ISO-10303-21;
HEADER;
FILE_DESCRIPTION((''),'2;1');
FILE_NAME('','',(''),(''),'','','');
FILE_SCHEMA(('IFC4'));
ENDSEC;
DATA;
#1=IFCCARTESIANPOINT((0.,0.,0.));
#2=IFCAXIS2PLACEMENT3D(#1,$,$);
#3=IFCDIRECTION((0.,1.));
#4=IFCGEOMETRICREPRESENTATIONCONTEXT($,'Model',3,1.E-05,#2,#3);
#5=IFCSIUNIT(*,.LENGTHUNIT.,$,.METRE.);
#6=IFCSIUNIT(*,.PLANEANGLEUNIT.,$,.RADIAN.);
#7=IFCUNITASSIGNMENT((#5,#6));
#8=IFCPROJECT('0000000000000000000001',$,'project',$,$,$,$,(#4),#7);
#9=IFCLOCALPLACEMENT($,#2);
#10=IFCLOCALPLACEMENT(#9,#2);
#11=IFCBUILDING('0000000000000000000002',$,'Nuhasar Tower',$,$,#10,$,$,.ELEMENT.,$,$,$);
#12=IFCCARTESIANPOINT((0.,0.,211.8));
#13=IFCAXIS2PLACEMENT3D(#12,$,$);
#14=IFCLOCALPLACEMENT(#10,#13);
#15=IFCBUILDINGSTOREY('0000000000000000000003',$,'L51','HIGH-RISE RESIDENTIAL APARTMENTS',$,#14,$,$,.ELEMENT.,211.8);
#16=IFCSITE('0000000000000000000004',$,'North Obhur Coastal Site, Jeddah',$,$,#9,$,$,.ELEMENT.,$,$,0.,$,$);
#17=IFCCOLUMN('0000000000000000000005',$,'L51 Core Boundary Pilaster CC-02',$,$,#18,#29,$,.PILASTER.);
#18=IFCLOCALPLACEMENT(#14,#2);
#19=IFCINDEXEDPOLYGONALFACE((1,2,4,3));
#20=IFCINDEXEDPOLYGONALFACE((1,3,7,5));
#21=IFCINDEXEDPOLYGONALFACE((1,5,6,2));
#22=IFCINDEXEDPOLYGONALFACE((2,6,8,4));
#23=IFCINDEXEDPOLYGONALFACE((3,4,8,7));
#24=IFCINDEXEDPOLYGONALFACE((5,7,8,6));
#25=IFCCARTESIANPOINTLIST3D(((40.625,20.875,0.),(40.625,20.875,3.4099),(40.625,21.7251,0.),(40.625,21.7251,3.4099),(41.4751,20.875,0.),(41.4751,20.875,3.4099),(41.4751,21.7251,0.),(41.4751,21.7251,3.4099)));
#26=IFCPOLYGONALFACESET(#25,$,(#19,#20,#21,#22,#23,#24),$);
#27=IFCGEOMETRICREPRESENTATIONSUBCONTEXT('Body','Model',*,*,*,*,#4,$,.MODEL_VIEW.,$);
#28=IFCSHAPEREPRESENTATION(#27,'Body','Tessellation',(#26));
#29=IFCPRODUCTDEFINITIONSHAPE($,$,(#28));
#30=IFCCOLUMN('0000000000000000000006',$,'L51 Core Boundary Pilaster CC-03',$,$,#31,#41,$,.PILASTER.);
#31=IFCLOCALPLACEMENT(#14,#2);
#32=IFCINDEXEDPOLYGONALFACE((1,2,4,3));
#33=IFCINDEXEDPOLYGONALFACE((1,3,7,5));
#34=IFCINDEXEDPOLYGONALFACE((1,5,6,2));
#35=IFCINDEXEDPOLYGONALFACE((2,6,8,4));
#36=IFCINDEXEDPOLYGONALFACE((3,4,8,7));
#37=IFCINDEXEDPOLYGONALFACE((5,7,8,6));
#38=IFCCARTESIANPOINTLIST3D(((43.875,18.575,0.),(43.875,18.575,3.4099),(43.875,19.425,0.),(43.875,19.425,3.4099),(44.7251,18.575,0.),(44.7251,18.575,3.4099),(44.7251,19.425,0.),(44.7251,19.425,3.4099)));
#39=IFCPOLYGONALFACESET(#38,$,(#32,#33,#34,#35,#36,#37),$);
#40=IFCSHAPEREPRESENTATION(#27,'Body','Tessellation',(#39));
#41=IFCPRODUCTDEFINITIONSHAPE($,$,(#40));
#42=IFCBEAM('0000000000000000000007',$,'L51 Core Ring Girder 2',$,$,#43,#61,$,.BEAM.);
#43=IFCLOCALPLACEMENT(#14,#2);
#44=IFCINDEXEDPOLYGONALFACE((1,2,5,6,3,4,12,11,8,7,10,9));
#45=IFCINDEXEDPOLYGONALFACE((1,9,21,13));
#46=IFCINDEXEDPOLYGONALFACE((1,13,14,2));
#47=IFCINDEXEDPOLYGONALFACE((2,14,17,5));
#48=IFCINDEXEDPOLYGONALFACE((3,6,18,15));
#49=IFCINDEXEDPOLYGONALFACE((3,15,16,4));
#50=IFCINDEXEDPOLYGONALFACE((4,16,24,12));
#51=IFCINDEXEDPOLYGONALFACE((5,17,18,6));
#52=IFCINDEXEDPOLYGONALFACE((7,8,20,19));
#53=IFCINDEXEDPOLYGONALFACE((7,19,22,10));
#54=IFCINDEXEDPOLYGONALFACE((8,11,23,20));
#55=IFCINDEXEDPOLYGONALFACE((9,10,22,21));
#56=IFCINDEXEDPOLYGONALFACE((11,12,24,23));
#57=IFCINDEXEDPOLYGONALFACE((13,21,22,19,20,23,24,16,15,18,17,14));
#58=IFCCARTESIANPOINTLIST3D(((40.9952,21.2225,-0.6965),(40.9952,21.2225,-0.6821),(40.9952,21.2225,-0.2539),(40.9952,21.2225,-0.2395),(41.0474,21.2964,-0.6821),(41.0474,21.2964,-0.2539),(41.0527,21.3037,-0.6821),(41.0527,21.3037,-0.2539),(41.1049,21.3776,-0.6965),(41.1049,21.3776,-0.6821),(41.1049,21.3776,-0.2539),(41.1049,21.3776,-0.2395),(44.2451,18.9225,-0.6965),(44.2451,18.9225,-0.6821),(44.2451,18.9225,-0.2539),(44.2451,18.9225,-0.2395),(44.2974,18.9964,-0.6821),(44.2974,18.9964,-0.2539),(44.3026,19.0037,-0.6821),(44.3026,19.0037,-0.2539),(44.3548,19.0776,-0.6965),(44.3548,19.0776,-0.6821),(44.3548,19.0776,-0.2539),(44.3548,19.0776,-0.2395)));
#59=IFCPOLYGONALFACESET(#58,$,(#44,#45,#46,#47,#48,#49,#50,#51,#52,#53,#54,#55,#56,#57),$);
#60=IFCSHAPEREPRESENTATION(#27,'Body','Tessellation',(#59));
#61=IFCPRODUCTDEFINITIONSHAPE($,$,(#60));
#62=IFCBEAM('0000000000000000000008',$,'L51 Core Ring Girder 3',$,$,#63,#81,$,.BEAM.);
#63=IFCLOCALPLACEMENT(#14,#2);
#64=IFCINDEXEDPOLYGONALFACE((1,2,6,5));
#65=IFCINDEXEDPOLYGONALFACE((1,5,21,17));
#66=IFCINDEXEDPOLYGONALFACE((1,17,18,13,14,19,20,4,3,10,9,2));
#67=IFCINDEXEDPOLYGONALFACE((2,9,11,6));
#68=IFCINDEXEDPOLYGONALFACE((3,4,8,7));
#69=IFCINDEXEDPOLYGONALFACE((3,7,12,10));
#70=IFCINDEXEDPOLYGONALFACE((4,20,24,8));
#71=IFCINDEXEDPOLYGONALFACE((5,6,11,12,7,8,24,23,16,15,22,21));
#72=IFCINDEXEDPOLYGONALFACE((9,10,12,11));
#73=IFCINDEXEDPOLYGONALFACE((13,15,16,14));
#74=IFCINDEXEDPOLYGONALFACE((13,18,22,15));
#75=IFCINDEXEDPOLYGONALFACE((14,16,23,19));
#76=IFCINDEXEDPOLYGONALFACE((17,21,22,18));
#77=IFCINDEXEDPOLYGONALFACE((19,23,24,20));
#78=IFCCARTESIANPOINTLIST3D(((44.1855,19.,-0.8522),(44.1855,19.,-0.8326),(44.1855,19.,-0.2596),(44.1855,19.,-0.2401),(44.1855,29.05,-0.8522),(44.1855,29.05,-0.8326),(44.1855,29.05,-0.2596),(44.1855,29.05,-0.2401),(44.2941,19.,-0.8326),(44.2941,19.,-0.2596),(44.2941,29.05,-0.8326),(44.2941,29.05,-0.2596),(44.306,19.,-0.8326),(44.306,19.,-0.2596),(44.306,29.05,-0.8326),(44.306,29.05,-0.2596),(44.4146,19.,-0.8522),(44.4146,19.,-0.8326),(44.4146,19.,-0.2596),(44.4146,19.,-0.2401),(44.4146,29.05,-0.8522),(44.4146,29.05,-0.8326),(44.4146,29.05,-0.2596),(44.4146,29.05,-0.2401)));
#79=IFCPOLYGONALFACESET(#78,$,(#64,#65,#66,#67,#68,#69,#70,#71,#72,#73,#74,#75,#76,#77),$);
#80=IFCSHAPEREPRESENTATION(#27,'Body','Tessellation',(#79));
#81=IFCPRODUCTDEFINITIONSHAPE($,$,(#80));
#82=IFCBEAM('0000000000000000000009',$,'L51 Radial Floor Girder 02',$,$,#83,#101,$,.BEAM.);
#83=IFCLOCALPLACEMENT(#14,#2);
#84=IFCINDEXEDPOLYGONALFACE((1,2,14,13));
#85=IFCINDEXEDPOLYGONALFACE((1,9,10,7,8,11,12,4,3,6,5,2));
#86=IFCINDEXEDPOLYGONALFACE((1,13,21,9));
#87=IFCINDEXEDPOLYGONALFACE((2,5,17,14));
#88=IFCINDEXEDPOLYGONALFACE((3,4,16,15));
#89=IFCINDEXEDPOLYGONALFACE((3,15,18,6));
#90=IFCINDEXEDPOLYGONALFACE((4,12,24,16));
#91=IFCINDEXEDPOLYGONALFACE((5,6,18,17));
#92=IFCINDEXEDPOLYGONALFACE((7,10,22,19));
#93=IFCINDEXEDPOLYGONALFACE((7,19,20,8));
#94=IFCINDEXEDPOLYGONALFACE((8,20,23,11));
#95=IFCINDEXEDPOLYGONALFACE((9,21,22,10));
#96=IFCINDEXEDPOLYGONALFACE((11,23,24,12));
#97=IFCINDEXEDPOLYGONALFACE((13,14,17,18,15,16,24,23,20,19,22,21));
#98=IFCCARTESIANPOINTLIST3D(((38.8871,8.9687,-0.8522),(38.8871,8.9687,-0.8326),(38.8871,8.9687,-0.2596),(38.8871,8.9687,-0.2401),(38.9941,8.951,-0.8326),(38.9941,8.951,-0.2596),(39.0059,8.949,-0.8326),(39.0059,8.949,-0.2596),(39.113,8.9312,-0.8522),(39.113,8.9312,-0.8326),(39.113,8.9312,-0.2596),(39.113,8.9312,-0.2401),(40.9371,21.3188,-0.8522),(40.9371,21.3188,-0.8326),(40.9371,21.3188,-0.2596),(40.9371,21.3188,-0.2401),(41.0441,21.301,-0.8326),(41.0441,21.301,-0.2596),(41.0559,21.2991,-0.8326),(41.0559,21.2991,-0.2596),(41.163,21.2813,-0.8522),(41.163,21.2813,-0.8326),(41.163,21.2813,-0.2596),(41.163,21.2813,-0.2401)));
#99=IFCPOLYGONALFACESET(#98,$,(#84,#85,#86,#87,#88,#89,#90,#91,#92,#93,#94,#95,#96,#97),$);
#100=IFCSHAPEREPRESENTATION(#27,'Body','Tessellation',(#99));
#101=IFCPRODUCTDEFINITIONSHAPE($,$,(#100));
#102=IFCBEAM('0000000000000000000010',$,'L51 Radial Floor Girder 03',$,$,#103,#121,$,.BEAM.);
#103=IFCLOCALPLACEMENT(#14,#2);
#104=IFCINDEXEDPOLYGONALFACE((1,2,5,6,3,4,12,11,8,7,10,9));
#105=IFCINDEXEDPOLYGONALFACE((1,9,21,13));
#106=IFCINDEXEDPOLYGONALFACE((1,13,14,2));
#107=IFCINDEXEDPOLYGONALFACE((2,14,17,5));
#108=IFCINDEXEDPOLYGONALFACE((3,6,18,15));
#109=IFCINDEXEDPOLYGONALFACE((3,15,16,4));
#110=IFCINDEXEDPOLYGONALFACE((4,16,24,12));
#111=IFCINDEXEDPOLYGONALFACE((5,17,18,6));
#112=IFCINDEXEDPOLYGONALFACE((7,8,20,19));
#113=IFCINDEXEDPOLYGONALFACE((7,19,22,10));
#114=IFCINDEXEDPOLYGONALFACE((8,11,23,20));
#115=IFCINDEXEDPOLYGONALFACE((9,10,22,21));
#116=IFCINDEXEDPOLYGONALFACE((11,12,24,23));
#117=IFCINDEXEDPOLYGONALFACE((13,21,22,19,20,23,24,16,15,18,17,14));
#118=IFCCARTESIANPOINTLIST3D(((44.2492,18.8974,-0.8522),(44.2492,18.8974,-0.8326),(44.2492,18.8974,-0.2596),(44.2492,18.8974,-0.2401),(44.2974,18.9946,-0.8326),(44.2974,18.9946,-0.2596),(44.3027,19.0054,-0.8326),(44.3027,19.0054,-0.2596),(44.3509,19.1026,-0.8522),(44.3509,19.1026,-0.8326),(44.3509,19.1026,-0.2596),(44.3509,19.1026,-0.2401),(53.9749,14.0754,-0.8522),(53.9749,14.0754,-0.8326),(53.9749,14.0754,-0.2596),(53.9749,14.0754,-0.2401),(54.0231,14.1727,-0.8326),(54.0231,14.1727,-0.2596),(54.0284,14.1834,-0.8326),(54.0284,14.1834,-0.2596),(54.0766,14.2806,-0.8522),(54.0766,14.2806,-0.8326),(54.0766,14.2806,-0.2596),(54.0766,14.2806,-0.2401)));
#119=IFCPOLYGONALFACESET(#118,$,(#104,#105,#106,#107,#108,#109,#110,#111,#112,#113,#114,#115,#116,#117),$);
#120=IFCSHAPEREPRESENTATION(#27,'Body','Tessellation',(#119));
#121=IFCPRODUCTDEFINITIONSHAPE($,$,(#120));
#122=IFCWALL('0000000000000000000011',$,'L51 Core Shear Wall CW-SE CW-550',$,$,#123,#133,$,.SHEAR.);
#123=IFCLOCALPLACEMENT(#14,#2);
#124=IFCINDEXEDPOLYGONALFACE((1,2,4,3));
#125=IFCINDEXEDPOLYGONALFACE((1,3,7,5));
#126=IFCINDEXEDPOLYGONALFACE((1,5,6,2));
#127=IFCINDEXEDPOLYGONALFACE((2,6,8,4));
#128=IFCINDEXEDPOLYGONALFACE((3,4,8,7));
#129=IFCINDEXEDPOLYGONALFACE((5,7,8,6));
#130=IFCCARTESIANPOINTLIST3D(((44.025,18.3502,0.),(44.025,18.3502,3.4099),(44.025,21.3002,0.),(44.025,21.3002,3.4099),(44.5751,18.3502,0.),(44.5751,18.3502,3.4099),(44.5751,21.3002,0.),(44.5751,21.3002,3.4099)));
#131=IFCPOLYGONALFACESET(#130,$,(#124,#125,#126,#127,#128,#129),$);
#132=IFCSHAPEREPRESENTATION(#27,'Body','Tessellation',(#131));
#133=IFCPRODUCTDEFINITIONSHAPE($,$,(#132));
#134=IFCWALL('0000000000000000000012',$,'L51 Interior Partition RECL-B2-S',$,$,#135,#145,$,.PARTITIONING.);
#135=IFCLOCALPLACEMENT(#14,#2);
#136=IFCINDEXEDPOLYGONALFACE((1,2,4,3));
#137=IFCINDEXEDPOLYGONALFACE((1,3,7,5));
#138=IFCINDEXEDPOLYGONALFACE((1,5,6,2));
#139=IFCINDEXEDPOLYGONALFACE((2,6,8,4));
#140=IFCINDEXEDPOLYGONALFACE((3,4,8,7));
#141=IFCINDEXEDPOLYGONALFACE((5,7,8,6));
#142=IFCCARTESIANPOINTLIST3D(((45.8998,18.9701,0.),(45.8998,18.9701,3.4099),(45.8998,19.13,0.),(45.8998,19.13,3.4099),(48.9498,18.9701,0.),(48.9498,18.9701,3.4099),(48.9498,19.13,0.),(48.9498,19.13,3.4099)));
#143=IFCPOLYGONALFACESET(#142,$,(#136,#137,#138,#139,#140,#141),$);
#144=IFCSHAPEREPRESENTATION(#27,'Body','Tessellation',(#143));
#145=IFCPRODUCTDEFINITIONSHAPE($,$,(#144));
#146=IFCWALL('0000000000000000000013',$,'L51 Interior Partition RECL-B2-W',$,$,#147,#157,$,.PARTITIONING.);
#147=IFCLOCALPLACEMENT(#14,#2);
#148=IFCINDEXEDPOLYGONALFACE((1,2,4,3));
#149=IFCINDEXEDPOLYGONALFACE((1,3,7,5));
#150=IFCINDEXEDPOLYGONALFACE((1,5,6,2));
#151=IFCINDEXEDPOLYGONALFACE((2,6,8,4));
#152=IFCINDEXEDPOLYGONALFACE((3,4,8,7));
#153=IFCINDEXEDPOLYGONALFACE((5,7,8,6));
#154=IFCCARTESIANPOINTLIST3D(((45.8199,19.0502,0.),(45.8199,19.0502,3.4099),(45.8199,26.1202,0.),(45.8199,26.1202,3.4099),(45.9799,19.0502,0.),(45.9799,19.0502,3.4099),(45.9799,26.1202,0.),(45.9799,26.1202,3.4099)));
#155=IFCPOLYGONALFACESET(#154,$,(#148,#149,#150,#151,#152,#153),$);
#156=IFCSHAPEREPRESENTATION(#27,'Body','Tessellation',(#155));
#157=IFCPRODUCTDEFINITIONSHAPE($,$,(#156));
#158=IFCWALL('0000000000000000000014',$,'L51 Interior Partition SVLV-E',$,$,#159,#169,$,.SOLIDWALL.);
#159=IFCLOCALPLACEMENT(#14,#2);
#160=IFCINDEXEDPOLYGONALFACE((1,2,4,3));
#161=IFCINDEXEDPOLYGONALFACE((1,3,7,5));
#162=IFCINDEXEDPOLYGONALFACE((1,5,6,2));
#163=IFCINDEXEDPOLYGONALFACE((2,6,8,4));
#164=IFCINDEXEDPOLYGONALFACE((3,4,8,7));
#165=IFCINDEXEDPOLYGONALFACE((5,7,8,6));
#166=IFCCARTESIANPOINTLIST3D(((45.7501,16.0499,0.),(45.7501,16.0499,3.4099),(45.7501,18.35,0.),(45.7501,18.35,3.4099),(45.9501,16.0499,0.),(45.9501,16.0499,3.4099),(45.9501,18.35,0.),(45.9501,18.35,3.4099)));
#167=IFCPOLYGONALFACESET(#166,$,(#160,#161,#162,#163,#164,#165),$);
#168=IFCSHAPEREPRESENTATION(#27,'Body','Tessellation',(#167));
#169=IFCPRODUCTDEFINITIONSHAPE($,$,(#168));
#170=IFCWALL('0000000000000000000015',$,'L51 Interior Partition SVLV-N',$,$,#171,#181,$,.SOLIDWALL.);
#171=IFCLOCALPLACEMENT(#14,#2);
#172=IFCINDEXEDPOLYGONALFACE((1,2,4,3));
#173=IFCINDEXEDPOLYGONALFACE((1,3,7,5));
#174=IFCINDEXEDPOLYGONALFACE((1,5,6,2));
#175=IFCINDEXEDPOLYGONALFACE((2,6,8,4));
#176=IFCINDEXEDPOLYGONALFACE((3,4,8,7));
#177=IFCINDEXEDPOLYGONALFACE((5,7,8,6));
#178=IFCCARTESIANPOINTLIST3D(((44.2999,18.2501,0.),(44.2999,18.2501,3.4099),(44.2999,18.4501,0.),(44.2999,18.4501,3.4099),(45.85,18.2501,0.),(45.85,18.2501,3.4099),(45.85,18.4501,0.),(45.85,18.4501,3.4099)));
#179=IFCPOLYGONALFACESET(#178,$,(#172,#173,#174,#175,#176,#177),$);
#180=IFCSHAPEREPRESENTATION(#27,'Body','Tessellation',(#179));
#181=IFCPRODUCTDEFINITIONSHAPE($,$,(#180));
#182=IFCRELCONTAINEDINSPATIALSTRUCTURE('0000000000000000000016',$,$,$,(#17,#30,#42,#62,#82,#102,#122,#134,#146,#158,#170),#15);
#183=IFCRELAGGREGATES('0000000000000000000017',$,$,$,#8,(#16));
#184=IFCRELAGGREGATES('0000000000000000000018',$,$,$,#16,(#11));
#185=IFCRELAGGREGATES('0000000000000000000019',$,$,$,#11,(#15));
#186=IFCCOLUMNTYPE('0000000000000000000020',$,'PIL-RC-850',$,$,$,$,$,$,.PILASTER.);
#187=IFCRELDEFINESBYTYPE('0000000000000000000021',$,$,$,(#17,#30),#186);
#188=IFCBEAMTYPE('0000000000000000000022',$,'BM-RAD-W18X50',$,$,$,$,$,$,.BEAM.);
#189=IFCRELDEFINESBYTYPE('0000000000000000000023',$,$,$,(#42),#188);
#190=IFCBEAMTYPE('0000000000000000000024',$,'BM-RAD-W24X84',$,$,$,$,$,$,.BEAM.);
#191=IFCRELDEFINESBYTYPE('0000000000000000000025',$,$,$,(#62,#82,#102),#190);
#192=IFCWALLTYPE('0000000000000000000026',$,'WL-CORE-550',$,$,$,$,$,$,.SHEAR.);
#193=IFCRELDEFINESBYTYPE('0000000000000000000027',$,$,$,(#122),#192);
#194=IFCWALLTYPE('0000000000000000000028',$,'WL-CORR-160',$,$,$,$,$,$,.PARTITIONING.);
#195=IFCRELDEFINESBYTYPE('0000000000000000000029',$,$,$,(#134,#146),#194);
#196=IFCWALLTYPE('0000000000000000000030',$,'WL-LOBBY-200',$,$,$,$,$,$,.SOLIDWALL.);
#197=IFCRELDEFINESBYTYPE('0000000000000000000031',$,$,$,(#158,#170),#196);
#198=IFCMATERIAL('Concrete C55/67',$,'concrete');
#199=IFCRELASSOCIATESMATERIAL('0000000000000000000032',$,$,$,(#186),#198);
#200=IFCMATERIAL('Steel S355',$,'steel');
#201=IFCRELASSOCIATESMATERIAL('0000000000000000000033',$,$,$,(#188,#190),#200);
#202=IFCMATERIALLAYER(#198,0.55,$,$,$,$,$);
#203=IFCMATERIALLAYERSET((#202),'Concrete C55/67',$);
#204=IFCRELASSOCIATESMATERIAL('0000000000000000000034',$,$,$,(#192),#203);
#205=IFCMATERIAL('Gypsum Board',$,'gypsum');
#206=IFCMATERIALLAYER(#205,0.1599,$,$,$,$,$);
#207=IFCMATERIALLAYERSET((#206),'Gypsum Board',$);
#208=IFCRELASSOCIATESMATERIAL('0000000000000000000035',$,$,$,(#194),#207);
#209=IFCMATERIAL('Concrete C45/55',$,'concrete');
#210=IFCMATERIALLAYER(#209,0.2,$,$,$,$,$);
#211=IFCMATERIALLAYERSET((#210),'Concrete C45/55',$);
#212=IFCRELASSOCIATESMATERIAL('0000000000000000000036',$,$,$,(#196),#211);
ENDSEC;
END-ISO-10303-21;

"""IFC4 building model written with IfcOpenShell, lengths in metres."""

from ifc_helpers import new_model, si_unit, direction, frame, frame_2d, origin, origin_2d, place, context, subcontext, project, spatial, rectangle, i_section, extrude, material, layer, layer_set, material_profile, profile_set, type_object, element, save


model = new_model("IFC4")

# Units and contexts
model_context = context("Model", 3, precision=1e-05, world=origin(), true_north=direction((0.0, 1.0)))
body_context = subcontext(model_context, "Body", "Model", "MODEL_VIEW")
ifc_project = project(units=[si_unit("LENGTHUNIT", "METRE"), si_unit("PLANEANGLEUNIT", "RADIAN")], contexts=[model_context])

# Site, building, storey
site_placement = place(None, origin())
site = spatial("IfcSite", under=ifc_project, at=site_placement, Name="North Obhur Coastal Site, Jeddah", CompositionType="ELEMENT", RefElevation=0.0)
building_placement = place(site_placement, origin())
building = spatial("IfcBuilding", under=site, at=building_placement, Name="Nuhasar Tower", CompositionType="ELEMENT")
storey_placement = place(building_placement, frame((0.0, 0.0, 211.8)))
storey = spatial("IfcBuildingStorey", under=building, at=storey_placement, Name="L51", Description="HIGH-RISE RESIDENTIAL APARTMENTS", CompositionType="ELEMENT", Elevation=211.8)

# Columns
ifc_material_1 = material(Name="Concrete C55/67", Category="concrete")
ifc_material_profile_1 = material_profile(ifc_material_1, rectangle(XDim=0.8501, YDim=0.8501, at=origin_2d()), Name="RC850X850")
ifc_profile_set_1 = profile_set([ifc_material_profile_1], Name="Concrete C55/67")
column_type = type_object("IfcColumnType", Name="PIL-RC-850", PredefinedType="PILASTER", material=ifc_profile_set_1)
for number, where, z_axis, x_axis, name in (
    (1, (41.05, 21.3, 0.0), (0.0, 0.0, 1.0), (1.0, 0.0, 0.0), "L51 Core Boundary Pilaster CC-02"),
    (2, (44.3, 19.0, 0.0), (0.0, 0.0, 1.0), (1.0, 0.0, 0.0), "L51 Core Boundary Pilaster CC-03"),
):
    element("IfcColumn", number, at=place(storey_placement, frame(where, z_axis=z_axis, x_axis=x_axis)), inside=storey, type_object=column_type, Name=name, PredefinedType="PILASTER", context=body_context, shape_type="SweptSolid", body=[
        extrude(rectangle(XDim=0.8501, YDim=0.8501, at=origin_2d()), origin(), (0.0, 0.0, 1.0), 3.4099),
    ])

# Beams
ifc_material_2 = material(Name="Steel S355", Category="steel")
ifc_material_profile_2 = material_profile(ifc_material_2, i_section(OverallWidth=0.1899, OverallDepth=0.457, WebThickness=0.009, FlangeThickness=0.0144, at=origin_2d()), Name="W18X50")
ifc_profile_set_2 = profile_set([ifc_material_profile_2], Name="Steel S355")
beam_type_1 = type_object("IfcBeamType", Name="BM-RAD-W18X50", PredefinedType="BEAM", material=ifc_profile_set_2)
beam_1_placement = place(storey_placement, frame((41.05, 21.3, -0.468), z_axis=(0.816265, -0.577677, 0.0), x_axis=(0.577677, 0.816265, 0.0)))
element("IfcBeam", 3, at=beam_1_placement, inside=storey, type_object=beam_type_1, Name="L51 Core Ring Girder 2", PredefinedType="BEAM", context=body_context, shape_type="SweptSolid", body=[
    extrude(i_section(OverallWidth=0.1899, OverallDepth=0.457, WebThickness=0.009, FlangeThickness=0.0144, at=origin_2d()), origin(), (0.0, 0.0, 1.0), 3.9814),
])
ifc_material_profile_3 = material_profile(ifc_material_2, i_section(OverallWidth=0.229, OverallDepth=0.6121, WebThickness=0.012, FlangeThickness=0.0195, at=origin_2d()), Name="W24X84")
ifc_profile_set_3 = profile_set([ifc_material_profile_3], Name="Steel S355")
beam_type_2 = type_object("IfcBeamType", Name="BM-RAD-W24X84", PredefinedType="BEAM", material=ifc_profile_set_3)
beam_2_placement = place(storey_placement, frame((44.3, 19.0, -0.5461), z_axis=(0.0, 1.0, 0.0), x_axis=(-1.0, 0.0, 0.0)))
element("IfcBeam", 4, at=beam_2_placement, inside=storey, type_object=beam_type_2, Name="L51 Core Ring Girder 3", PredefinedType="BEAM", context=body_context, shape_type="SweptSolid", body=[
    extrude(i_section(OverallWidth=0.229, OverallDepth=0.6121, WebThickness=0.012, FlangeThickness=0.0195, at=origin_2d()), origin(), (0.0, 0.0, 1.0), 10.05),
])
beam_3_placement = place(storey_placement, frame((41.05, 21.3, -0.5461), z_axis=(-0.163754, -0.986501, 0.0), x_axis=(0.986501, -0.163754, 0.0)))
element("IfcBeam", 5, at=beam_3_placement, inside=storey, type_object=beam_type_2, Name="L51 Radial Floor Girder 02", PredefinedType="BEAM", context=body_context, shape_type="SweptSolid", body=[
    extrude(i_section(OverallWidth=0.229, OverallDepth=0.6121, WebThickness=0.012, FlangeThickness=0.0195, at=origin_2d()), origin(), (0.0, 0.0, 1.0), 12.519),
])
beam_4_placement = place(storey_placement, frame((44.3, 19.0, -0.5461), z_axis=(0.895929, -0.444197, 0.0), x_axis=(0.444197, 0.895929, 0.0)))
element("IfcBeam", 6, at=beam_4_placement, inside=storey, type_object=beam_type_2, Name="L51 Radial Floor Girder 03", PredefinedType="BEAM", context=body_context, shape_type="SweptSolid", body=[
    extrude(i_section(OverallWidth=0.229, OverallDepth=0.6121, WebThickness=0.012, FlangeThickness=0.0195, at=origin_2d()), origin(), (0.0, 0.0, 1.0), 10.8555),
])

# Walls
ifc_layer_1 = layer(ifc_material_1, 0.55)
ifc_layer_set_1 = layer_set([ifc_layer_1], Name="Concrete C55/67")
wall_type_1 = type_object("IfcWallType", Name="WL-CORE-550", PredefinedType="SHEAR", material=ifc_layer_set_1)
wall_1_placement = place(storey_placement, frame((44.3, 18.3501, 0.0), z_axis=(0.0, 0.0, 1.0), x_axis=(0.0, 1.0, 0.0)))
element("IfcWall", 7, at=wall_1_placement, inside=storey, type_object=wall_type_1, Name="L51 Core Shear Wall CW-SE CW-550", PredefinedType="SHEAR", context=body_context, shape_type="SweptSolid", body=[
    extrude(rectangle(XDim=2.95, YDim=0.55, at=frame_2d((1.4751, 0.0))), origin(), (0.0, 0.0, 1.0), 3.4099),
])
ifc_material_3 = material(Name="Gypsum Board", Category="gypsum")
ifc_layer_2 = layer(ifc_material_3, 0.1599)
ifc_layer_set_2 = layer_set([ifc_layer_2], Name="Gypsum Board")
wall_type_2 = type_object("IfcWallType", Name="WL-CORR-160", PredefinedType="PARTITIONING", material=ifc_layer_set_2)
wall_2_placement = place(storey_placement, frame((45.8999, 19.05, 0.0), z_axis=(0.0, 0.0, 1.0), x_axis=(1.0, 0.0, 0.0)))
element("IfcWall", 8, at=wall_2_placement, inside=storey, type_object=wall_type_2, Name="L51 Interior Partition RECL-B2-S", PredefinedType="PARTITIONING", context=body_context, shape_type="SweptSolid", body=[
    extrude(rectangle(XDim=3.05, YDim=0.1599, at=frame_2d((1.5249, 0.0))), origin(), (0.0, 0.0, 1.0), 3.4099),
])
wall_3_placement = place(storey_placement, frame((45.8999, 19.05, 0.0), z_axis=(0.0, 0.0, 1.0), x_axis=(0.0, 1.0, 0.0)))
element("IfcWall", 9, at=wall_3_placement, inside=storey, type_object=wall_type_2, Name="L51 Interior Partition RECL-B2-W", PredefinedType="PARTITIONING", context=body_context, shape_type="SweptSolid", body=[
    extrude(rectangle(XDim=7.0701, YDim=0.1599, at=frame_2d((3.5352, 0.0))), origin(), (0.0, 0.0, 1.0), 3.4099),
])

# Shared definitions
ifc_material_4 = material(Name="Concrete C45/55", Category="concrete")
ifc_layer_3 = layer(ifc_material_4, 0.2)
ifc_layer_set_3 = layer_set([ifc_layer_3], Name="Concrete C45/55")
wall_type_3 = type_object("IfcWallType", Name="WL-LOBBY-200", PredefinedType="SOLIDWALL", material=ifc_layer_set_3)

# Walls
wall_4_placement = place(storey_placement, frame((45.8501, 16.05, 0.0), z_axis=(0.0, 0.0, 1.0), x_axis=(0.0, 1.0, 0.0)))
element("IfcWall", 10, at=wall_4_placement, inside=storey, type_object=wall_type_3, Name="L51 Interior Partition SVLV-E", PredefinedType="SOLIDWALL", context=body_context, shape_type="SweptSolid", body=[
    extrude(rectangle(XDim=2.3, YDim=0.2, at=frame_2d((1.1499, 0.0))), origin(), (0.0, 0.0, 1.0), 3.4099),
])
wall_5_placement = place(storey_placement, frame((44.3, 18.3501, 0.0), z_axis=(0.0, 0.0, 1.0), x_axis=(1.0, 0.0, 0.0)))
element("IfcWall", 11, at=wall_5_placement, inside=storey, type_object=wall_type_3, Name="L51 Interior Partition SVLV-N", PredefinedType="SOLIDWALL", context=body_context, shape_type="SweptSolid", body=[
    extrude(rectangle(XDim=1.55, YDim=0.2, at=frame_2d((0.7749, 0.0))), origin(), (0.0, 0.0, 1.0), 3.4099),
])

save(model, "model.ifc")
